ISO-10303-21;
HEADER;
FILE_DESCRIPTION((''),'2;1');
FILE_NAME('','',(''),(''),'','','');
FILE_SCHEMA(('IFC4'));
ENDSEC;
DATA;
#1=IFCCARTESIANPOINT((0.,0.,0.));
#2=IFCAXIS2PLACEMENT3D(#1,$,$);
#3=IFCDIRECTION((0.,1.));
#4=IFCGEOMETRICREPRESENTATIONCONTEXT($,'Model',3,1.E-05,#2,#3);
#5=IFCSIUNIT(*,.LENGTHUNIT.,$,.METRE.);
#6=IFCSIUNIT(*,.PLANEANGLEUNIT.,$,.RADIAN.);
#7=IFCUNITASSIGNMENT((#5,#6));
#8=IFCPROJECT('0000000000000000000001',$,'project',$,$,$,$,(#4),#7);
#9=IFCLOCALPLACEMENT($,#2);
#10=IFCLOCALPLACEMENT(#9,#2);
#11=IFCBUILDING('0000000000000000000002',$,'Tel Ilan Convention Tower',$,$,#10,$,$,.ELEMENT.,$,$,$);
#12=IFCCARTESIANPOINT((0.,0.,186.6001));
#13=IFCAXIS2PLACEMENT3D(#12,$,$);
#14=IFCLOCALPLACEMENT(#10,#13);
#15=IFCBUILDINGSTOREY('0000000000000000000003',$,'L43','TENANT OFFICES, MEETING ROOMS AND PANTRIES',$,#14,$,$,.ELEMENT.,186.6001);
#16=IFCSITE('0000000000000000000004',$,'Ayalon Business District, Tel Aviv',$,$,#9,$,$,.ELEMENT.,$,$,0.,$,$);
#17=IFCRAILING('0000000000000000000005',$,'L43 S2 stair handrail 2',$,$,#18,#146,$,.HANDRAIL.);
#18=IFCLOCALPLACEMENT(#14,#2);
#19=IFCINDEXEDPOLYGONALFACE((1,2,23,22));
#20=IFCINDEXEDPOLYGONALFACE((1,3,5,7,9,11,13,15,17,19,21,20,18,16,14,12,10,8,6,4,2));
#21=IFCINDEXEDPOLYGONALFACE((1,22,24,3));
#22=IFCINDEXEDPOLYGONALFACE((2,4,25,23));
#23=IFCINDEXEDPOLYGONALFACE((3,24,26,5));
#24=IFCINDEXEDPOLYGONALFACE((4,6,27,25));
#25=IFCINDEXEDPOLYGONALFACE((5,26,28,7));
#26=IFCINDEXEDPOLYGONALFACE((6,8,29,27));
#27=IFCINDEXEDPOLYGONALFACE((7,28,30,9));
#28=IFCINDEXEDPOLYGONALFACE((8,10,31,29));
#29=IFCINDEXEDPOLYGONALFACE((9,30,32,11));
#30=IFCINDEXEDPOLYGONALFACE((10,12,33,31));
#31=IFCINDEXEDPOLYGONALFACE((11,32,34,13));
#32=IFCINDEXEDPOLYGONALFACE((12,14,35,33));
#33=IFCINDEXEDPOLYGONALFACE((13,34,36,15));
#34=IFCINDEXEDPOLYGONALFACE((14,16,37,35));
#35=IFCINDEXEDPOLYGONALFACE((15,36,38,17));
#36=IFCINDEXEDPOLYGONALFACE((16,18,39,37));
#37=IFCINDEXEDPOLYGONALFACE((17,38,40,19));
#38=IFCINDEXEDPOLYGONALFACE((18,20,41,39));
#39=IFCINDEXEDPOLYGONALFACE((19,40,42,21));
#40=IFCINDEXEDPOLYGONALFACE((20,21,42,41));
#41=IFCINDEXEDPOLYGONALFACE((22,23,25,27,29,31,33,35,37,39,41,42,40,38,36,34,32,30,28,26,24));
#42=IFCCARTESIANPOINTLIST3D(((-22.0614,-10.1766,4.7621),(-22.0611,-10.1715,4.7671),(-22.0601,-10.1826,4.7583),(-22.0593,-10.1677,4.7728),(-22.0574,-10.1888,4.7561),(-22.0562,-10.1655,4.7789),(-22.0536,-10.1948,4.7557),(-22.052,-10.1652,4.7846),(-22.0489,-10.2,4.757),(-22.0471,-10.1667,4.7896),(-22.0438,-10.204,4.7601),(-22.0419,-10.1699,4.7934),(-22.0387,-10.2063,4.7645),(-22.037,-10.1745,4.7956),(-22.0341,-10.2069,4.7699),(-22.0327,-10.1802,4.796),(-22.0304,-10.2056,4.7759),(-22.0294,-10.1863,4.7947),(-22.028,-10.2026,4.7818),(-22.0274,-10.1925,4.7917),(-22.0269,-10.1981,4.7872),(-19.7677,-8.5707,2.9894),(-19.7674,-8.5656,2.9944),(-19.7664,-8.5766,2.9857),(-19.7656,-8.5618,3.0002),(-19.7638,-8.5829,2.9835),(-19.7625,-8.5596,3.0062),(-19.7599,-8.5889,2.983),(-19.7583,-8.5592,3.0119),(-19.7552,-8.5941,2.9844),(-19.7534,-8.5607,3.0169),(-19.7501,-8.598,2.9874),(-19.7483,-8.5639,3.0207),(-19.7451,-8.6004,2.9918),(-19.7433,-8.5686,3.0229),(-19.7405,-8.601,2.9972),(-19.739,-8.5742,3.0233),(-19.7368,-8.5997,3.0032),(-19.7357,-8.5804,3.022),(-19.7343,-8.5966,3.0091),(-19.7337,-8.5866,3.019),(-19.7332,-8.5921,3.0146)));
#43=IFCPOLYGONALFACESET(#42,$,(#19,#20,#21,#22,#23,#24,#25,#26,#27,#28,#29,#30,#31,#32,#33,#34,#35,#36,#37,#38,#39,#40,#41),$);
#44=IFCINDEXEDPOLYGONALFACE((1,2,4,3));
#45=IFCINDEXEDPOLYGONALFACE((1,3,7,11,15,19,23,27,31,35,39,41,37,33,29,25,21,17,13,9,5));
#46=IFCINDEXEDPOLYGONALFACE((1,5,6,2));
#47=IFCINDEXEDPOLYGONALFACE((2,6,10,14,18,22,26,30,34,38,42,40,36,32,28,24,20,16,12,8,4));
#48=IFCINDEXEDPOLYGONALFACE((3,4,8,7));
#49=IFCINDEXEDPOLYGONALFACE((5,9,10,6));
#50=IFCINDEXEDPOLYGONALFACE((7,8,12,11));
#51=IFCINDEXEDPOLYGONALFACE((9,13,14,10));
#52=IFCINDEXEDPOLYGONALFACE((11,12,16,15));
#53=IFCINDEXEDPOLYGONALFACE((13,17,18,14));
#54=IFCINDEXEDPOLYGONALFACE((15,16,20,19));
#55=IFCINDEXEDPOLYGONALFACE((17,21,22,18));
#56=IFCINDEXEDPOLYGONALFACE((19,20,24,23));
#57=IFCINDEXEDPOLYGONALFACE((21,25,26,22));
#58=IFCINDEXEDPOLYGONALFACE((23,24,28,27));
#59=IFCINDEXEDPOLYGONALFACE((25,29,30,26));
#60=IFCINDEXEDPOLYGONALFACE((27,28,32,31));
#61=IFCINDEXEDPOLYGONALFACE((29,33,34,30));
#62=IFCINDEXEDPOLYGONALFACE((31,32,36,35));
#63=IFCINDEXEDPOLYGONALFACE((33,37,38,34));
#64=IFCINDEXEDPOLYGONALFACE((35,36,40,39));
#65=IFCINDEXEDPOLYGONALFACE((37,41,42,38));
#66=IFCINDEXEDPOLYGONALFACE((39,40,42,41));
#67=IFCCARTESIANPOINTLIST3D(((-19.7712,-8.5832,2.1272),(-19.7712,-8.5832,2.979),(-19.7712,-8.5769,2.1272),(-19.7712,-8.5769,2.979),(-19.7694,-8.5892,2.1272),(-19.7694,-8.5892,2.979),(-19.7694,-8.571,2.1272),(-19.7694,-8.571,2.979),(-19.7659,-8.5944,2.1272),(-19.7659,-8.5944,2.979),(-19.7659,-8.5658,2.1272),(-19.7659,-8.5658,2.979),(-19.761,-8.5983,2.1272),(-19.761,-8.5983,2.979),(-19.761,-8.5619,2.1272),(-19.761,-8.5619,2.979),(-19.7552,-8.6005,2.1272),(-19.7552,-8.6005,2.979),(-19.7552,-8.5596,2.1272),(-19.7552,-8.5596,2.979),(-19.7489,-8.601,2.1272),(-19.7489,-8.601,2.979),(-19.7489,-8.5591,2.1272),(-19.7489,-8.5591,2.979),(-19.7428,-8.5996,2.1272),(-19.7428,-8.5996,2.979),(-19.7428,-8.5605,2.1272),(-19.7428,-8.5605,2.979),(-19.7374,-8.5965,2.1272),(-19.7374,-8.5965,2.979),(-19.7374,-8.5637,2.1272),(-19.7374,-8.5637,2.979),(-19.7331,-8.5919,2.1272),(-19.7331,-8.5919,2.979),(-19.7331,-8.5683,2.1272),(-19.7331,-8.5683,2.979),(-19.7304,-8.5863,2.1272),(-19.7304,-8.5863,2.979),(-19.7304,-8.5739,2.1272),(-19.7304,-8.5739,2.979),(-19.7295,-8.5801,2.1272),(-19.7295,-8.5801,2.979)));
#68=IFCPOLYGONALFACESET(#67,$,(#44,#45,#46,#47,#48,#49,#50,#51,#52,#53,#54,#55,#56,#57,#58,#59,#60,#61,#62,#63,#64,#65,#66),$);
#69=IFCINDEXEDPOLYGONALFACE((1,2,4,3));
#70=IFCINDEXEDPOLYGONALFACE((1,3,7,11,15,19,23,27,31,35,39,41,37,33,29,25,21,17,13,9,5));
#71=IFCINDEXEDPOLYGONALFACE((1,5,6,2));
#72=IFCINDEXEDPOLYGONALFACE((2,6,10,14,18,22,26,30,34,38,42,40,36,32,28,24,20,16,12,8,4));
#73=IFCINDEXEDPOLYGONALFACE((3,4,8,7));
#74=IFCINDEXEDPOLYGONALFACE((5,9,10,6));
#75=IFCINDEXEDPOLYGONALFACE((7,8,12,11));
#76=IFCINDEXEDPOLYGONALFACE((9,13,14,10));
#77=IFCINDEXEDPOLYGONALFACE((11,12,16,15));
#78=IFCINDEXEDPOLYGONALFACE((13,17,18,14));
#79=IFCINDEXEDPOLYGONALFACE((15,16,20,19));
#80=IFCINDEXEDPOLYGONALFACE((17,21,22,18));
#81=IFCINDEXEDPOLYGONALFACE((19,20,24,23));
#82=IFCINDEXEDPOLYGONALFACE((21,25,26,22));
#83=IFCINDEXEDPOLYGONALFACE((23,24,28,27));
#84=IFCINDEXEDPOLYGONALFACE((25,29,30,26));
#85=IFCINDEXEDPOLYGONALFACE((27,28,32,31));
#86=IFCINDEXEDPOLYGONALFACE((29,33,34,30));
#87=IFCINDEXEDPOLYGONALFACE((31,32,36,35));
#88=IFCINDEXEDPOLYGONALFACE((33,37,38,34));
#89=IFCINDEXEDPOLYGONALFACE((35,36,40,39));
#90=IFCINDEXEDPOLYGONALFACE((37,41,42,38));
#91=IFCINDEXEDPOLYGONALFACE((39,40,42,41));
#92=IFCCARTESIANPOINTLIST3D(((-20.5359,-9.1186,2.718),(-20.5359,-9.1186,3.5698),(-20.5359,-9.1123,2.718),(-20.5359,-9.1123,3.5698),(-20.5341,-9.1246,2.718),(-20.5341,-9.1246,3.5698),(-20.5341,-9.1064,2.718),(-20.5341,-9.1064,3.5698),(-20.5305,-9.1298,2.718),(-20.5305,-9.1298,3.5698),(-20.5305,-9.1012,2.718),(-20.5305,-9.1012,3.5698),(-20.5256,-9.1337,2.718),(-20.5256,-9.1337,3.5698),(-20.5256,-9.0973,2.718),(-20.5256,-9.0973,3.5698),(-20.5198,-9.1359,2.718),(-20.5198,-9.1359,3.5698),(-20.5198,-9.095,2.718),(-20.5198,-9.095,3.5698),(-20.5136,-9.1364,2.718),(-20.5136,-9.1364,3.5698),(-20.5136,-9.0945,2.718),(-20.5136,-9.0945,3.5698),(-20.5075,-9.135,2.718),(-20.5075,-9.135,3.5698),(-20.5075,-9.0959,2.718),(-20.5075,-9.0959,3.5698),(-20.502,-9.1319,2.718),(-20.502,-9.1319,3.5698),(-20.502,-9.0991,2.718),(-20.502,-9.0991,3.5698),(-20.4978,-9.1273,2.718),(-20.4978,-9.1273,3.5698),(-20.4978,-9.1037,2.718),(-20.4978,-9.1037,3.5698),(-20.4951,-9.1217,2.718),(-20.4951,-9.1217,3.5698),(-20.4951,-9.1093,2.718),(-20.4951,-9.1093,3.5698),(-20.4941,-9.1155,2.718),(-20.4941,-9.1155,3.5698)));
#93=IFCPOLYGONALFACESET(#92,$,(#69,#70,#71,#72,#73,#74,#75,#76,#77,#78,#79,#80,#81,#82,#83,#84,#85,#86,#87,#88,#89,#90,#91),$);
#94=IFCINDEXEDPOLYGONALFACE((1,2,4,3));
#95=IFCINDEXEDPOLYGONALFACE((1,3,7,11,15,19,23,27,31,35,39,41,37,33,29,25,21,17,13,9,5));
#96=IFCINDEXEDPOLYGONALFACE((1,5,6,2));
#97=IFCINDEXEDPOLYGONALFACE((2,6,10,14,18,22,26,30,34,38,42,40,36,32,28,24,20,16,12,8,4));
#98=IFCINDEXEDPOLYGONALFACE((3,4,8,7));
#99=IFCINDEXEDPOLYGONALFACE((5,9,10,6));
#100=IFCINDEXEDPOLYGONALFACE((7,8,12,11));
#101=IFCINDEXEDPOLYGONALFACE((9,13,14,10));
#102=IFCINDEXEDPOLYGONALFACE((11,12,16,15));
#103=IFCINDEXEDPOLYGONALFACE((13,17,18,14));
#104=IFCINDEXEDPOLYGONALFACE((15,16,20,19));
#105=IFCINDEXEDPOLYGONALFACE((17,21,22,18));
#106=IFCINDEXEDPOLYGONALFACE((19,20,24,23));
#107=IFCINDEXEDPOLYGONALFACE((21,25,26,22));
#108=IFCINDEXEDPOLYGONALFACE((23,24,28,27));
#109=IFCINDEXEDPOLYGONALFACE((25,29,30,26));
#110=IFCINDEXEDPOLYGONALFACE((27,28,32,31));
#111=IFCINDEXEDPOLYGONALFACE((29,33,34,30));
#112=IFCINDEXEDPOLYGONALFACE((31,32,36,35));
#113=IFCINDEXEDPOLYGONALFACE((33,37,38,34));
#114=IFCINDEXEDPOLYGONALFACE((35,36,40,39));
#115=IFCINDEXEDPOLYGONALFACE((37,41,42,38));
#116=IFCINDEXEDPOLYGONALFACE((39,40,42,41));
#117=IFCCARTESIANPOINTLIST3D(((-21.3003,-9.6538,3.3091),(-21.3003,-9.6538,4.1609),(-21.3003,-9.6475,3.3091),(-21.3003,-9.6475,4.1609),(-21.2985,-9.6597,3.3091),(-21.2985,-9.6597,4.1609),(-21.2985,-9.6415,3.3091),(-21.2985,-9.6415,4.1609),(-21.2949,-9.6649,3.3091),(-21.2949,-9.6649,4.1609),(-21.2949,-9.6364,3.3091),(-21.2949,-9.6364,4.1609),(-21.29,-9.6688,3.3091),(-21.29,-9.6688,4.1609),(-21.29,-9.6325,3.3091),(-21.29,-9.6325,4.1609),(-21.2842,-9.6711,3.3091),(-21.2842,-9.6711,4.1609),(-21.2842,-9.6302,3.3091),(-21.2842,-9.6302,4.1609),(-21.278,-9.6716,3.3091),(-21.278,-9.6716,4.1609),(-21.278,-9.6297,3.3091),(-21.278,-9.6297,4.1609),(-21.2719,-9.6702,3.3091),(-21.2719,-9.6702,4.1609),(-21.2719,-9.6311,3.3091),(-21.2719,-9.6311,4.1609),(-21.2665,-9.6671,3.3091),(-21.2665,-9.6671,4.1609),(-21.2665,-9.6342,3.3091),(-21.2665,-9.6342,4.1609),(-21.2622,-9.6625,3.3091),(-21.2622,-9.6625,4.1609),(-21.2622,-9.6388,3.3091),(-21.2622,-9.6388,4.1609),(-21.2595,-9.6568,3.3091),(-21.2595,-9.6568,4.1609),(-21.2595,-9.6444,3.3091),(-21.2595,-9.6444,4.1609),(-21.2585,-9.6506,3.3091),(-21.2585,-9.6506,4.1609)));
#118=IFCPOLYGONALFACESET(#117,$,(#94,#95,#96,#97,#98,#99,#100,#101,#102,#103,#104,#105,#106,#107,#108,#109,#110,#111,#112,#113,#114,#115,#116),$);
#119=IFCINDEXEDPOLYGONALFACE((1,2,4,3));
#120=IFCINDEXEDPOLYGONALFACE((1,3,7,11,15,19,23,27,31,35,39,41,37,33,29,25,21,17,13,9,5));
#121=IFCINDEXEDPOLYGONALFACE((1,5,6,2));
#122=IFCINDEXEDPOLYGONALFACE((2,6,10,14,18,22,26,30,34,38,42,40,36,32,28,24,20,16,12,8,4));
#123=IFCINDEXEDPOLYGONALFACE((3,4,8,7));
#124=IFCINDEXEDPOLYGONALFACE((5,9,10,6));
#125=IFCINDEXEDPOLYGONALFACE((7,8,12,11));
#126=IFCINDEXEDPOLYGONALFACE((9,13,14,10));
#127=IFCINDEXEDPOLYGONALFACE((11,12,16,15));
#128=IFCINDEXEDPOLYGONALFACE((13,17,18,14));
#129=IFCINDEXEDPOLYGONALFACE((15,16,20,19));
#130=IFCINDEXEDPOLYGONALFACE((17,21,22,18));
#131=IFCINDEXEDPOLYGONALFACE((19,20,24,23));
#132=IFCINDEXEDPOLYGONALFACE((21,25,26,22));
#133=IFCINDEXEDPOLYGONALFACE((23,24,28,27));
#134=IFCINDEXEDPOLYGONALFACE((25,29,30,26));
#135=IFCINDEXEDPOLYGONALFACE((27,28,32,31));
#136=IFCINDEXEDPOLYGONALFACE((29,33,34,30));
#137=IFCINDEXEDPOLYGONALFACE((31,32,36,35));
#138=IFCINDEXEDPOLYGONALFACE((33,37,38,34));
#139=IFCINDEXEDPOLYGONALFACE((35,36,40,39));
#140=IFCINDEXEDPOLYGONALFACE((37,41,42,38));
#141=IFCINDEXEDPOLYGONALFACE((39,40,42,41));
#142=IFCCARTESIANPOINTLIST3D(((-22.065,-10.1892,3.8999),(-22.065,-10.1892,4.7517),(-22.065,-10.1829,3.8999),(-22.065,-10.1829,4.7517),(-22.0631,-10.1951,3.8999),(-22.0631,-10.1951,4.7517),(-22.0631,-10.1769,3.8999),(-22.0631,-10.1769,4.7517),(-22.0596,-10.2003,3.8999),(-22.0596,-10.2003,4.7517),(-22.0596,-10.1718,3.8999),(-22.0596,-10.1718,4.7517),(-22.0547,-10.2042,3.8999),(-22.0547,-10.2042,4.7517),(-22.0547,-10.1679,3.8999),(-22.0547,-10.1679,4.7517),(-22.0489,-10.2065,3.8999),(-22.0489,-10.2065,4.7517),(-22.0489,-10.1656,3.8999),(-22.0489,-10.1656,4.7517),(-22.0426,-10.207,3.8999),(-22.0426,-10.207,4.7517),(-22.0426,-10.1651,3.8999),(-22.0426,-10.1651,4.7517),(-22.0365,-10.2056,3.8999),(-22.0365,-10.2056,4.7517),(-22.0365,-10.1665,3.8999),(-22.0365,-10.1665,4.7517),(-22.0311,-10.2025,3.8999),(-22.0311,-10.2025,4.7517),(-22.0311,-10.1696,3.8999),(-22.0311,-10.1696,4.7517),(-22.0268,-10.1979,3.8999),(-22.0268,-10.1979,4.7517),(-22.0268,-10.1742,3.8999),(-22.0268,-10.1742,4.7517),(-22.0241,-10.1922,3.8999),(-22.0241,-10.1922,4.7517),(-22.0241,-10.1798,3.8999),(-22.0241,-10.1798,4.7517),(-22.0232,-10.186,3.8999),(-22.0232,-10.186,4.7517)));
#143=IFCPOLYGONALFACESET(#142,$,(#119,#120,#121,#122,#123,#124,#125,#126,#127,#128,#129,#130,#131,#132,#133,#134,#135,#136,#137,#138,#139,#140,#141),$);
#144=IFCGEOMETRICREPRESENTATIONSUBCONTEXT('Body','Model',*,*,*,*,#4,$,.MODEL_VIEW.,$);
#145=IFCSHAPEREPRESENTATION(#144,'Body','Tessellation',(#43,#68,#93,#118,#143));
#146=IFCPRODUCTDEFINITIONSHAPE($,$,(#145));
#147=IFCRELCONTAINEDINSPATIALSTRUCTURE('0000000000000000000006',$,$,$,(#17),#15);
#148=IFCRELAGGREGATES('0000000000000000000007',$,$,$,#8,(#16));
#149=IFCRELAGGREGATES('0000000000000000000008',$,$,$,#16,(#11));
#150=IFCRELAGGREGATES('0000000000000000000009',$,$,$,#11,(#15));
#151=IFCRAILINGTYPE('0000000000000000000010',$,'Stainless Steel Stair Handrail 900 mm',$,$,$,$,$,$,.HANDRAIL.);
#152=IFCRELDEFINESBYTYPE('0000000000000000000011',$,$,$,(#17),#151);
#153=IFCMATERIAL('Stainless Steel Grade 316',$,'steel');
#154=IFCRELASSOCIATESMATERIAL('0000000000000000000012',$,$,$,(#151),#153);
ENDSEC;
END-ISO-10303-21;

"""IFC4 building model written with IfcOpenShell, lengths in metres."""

from ifc_helpers import new_model, si_unit, direction, frame, origin, origin_2d, place, context, subcontext, project, spatial, circle, extrude, material, type_object, element, save


model = new_model("IFC4")

# Units and contexts
model_context = context("Model", 3, precision=1e-05, world=origin(), true_north=direction((0.0, 1.0)))
body_context = subcontext(model_context, "Body", "Model", "MODEL_VIEW")
ifc_project = project(units=[si_unit("LENGTHUNIT", "METRE"), si_unit("PLANEANGLEUNIT", "RADIAN")], contexts=[model_context])

# Site, building, storey
site_placement = place(None, origin())
site = spatial("IfcSite", under=ifc_project, at=site_placement, Name="Ayalon Business District, Tel Aviv", CompositionType="ELEMENT", RefElevation=0.0)
building_placement = place(site_placement, origin())
building = spatial("IfcBuilding", under=site, at=building_placement, Name="Tel Ilan Convention Tower", CompositionType="ELEMENT")
storey_placement = place(building_placement, frame((0.0, 0.0, 186.6001)))
storey = spatial("IfcBuildingStorey", under=building, at=storey_placement, Name="L43", Description="TENANT OFFICES, MEETING ROOMS AND PANTRIES", CompositionType="ELEMENT", Elevation=186.6001)

# Railing
ifc_material_1 = material(Name="Stainless Steel Grade 316", Category="steel")
railing_type_1 = type_object("IfcRailingType", Name="Stainless Steel Stair Handrail 900 mm", PredefinedType="HANDRAIL", material=ifc_material_1)
railing_1_placement = place(storey_placement, frame((-19.7505, -8.5801, 2.1272)))
element("IfcRailing", 1, at=railing_1_placement, inside=storey, type_object=railing_type_1, Name="L43 S2 stair handrail 2", PredefinedType="HANDRAIL", context=body_context, shape_type="SweptSolid", body=[
    extrude(circle(Radius=0.0239, at=origin_2d()), frame((0.0, 0.0, 0.876), z_axis=(-0.692123, -0.484597, 0.534913), x_axis=(0.57355, -0.81917, 0.0)), (0.0, 0.0, 1.0), 3.314),
    extrude(circle(Radius=0.021, at=origin_2d()), origin(), (0.0, 0.0, 1.0), 0.8518),
    extrude(circle(Radius=0.021, at=origin_2d()), frame((-0.7646, -0.5354, 0.5908)), (0.0, 0.0, 1.0), 0.8518),
    extrude(circle(Radius=0.021, at=origin_2d()), frame((-1.5291, -1.0706, 1.1819)), (0.0, 0.0, 1.0), 0.8518),
    extrude(circle(Radius=0.021, at=origin_2d()), frame((-2.2937, -1.606, 1.7727)), (0.0, 0.0, 1.0), 0.8518),
])

save(model, "model.ifc")
